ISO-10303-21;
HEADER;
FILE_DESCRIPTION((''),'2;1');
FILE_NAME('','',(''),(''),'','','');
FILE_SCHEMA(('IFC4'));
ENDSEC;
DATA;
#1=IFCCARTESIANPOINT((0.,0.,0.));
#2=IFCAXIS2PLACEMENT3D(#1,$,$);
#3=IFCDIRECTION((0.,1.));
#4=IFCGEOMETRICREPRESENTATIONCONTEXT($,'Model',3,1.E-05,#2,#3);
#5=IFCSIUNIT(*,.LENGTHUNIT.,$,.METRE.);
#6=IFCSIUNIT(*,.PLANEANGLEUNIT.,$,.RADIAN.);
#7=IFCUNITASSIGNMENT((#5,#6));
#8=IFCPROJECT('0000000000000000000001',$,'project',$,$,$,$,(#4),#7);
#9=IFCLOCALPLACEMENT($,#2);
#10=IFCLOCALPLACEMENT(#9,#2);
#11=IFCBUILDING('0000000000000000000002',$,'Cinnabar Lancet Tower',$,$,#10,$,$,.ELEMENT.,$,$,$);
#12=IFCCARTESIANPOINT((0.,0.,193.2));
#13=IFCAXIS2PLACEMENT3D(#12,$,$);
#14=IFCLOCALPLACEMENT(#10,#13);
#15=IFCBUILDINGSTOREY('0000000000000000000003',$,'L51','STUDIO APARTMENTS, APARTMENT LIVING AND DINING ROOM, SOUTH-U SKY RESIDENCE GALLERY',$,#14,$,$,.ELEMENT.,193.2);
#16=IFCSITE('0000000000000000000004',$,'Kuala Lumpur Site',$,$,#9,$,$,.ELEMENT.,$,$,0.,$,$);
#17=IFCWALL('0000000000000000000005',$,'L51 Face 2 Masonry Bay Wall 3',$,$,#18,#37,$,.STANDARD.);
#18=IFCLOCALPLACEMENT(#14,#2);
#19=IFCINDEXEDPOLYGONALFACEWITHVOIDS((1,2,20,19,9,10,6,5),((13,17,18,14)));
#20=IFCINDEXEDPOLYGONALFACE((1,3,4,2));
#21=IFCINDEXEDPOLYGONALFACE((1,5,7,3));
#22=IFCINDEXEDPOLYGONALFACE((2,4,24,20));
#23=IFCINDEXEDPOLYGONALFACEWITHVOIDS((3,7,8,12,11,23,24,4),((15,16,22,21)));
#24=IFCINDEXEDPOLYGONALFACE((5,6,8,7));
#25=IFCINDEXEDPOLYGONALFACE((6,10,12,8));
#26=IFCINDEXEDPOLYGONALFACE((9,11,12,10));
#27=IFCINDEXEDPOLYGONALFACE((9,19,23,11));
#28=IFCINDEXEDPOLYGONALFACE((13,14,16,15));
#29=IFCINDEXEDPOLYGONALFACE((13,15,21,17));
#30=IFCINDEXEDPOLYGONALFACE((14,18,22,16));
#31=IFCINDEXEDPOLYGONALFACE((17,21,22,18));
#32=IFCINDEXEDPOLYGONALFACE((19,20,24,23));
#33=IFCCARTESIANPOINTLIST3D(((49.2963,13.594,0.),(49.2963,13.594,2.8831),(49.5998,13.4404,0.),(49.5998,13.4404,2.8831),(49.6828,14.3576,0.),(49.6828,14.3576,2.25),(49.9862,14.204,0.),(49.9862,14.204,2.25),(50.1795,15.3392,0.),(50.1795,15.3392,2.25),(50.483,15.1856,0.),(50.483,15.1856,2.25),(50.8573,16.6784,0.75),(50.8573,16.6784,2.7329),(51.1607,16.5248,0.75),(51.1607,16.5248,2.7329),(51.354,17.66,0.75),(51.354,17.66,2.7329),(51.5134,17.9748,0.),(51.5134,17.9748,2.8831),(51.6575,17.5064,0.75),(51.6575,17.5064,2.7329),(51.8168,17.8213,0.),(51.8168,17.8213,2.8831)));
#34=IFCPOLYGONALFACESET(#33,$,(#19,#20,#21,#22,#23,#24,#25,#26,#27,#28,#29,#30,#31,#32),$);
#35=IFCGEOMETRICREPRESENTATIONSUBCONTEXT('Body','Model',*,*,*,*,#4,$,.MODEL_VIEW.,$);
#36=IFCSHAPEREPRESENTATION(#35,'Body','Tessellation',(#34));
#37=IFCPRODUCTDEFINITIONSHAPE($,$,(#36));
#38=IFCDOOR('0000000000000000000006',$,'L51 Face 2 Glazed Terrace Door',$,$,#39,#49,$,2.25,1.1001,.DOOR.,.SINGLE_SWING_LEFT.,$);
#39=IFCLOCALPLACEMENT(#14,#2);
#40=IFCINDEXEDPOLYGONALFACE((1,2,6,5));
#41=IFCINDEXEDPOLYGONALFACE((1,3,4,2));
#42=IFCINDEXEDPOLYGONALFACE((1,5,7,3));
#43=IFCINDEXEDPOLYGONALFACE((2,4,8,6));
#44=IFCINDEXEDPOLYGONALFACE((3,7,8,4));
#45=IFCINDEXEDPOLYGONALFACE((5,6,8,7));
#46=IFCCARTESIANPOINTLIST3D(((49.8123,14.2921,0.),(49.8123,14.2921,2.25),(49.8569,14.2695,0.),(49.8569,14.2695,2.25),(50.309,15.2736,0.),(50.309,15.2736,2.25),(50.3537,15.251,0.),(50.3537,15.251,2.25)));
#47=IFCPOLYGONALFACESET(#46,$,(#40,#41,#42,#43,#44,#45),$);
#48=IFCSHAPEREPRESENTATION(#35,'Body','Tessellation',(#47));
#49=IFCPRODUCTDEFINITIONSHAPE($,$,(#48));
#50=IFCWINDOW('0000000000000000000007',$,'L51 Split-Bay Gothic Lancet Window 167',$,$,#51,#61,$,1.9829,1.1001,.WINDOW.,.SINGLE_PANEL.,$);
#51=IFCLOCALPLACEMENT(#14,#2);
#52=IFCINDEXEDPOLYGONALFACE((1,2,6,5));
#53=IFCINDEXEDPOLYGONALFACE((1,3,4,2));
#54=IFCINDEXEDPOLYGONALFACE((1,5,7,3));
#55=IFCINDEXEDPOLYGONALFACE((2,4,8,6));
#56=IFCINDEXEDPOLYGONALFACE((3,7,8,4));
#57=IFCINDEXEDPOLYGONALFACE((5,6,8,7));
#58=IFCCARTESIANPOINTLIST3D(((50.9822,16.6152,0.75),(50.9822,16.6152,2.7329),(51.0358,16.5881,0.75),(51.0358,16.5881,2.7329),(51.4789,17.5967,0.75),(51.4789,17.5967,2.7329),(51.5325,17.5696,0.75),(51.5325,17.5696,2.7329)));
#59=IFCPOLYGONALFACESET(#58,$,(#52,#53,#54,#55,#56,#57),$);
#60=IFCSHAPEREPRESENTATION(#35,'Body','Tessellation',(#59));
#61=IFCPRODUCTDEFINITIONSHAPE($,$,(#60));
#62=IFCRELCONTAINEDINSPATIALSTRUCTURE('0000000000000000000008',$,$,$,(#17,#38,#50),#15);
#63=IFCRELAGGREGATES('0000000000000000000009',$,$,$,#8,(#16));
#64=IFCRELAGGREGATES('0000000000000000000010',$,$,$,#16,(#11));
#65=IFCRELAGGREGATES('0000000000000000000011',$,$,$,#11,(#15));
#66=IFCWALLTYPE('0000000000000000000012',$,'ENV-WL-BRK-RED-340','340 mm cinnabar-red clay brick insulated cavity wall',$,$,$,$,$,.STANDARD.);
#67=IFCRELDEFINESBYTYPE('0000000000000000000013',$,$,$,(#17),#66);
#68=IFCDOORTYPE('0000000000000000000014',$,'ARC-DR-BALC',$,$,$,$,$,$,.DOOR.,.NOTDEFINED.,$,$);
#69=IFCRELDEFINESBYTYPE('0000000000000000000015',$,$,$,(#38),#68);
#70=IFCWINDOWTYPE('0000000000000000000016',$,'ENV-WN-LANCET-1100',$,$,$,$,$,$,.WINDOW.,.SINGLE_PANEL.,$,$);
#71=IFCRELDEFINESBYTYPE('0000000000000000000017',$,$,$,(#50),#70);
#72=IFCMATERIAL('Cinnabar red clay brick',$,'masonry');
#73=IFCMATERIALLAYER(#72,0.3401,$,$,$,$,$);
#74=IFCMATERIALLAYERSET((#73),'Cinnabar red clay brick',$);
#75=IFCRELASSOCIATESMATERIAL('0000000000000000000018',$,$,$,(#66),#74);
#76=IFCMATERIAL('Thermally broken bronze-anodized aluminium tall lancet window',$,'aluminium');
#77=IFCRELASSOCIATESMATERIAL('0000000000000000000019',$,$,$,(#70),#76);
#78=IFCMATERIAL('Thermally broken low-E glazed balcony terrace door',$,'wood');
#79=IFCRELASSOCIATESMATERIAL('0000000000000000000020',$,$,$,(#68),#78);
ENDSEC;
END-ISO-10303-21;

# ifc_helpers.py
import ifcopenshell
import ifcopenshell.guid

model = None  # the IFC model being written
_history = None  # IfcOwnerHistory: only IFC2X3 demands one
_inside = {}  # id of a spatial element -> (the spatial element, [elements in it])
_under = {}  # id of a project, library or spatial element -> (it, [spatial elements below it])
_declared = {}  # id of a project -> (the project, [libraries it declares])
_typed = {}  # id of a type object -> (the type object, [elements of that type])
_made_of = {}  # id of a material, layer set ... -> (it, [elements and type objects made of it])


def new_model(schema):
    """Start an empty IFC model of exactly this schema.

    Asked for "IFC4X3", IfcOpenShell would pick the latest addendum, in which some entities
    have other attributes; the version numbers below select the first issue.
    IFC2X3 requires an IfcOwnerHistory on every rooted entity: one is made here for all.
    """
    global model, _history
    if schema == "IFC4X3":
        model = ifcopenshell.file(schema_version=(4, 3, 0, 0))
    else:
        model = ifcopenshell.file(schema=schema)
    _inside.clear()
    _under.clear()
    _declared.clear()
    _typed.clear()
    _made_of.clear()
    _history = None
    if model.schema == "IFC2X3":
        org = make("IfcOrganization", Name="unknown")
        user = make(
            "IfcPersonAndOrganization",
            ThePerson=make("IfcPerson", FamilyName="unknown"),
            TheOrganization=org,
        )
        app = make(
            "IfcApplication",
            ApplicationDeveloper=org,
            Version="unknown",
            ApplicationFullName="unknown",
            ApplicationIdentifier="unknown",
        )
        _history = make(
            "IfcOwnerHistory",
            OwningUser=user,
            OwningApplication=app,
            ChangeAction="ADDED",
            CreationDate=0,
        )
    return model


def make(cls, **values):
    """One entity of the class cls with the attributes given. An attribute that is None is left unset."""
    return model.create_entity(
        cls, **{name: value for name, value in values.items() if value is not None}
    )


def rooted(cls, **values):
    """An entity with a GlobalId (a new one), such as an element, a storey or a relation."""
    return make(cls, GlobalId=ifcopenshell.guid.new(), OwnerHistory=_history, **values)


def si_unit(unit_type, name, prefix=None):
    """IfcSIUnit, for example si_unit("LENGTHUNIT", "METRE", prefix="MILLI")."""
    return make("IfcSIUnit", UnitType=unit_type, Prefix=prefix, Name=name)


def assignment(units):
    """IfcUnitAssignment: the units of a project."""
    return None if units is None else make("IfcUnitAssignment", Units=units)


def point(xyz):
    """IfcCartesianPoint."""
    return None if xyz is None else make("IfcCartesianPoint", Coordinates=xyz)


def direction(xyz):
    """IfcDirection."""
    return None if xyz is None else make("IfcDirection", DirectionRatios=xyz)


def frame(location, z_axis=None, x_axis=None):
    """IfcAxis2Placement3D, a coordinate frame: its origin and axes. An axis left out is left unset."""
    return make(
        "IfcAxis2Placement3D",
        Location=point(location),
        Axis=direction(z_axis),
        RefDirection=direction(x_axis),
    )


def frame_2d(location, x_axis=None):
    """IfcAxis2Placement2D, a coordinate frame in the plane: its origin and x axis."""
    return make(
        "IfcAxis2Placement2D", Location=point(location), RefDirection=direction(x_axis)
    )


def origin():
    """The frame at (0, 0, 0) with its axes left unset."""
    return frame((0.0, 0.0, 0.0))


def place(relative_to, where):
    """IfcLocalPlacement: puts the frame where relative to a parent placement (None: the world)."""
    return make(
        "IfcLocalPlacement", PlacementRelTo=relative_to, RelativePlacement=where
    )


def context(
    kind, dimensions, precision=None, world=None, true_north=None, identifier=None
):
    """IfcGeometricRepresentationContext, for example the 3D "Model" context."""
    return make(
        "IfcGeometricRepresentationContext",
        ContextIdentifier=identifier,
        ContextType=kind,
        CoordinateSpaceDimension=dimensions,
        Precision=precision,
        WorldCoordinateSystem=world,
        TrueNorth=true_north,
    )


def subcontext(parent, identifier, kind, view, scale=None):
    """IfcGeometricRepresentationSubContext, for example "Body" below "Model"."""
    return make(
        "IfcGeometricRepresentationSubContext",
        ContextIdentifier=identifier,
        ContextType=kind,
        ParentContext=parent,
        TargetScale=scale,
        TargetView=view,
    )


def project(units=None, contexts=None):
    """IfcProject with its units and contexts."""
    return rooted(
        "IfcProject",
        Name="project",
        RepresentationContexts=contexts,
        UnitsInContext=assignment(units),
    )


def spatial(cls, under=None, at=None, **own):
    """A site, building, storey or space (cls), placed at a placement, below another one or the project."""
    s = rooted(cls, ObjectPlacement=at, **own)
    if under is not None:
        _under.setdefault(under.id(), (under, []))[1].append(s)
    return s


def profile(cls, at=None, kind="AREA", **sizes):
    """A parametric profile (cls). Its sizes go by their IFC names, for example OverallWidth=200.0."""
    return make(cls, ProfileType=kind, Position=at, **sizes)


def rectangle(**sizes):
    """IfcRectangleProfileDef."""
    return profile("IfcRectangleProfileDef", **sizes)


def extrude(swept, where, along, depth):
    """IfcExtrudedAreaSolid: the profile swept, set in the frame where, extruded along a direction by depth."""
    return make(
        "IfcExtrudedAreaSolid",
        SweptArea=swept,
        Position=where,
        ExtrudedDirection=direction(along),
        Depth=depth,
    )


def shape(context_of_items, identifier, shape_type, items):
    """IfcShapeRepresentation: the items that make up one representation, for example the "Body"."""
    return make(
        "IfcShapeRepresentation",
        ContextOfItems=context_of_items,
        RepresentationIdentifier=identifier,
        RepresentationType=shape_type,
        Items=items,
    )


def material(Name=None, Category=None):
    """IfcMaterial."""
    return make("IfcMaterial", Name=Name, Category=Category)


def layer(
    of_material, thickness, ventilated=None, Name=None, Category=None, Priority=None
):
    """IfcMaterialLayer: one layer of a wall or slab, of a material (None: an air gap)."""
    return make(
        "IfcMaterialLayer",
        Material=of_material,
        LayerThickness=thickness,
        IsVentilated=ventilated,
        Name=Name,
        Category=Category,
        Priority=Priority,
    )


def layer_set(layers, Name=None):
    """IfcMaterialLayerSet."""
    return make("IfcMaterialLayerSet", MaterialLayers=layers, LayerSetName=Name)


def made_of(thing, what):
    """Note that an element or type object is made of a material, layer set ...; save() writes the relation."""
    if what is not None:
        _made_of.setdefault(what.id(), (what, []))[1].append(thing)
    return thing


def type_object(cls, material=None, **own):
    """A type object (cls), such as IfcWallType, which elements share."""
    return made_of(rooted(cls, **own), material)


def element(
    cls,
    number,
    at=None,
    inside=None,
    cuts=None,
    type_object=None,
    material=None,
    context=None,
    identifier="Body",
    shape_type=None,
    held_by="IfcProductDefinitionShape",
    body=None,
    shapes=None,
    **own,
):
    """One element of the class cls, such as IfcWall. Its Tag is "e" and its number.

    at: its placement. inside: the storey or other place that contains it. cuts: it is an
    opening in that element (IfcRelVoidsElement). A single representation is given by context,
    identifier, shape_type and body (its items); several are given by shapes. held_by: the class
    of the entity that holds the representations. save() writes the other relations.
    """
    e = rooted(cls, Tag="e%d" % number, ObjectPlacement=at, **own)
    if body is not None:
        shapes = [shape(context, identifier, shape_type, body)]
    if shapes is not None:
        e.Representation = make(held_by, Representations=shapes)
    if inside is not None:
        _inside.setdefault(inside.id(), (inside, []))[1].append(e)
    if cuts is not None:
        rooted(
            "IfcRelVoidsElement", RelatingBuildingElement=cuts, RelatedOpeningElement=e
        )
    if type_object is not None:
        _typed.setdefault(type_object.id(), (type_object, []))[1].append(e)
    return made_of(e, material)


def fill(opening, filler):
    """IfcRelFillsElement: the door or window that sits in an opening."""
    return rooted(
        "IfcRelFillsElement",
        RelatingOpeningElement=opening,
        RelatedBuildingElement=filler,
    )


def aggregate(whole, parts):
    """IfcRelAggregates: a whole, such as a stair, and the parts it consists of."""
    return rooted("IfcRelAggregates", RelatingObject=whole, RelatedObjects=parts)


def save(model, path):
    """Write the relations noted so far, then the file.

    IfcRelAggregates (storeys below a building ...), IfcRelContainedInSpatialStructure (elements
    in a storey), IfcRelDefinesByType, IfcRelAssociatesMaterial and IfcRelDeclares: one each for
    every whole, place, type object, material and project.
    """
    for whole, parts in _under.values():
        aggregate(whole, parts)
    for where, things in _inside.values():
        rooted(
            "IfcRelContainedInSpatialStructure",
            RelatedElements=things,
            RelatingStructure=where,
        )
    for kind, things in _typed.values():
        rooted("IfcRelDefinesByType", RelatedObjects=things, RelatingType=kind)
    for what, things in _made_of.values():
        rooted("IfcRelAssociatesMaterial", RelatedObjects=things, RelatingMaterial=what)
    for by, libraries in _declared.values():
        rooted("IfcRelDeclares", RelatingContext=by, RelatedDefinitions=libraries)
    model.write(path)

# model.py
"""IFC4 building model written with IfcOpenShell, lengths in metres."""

from ifc_helpers import new_model, si_unit, direction, frame, frame_2d, origin, place, context, subcontext, project, spatial, rectangle, extrude, material, layer, layer_set, type_object, element, fill, save


model = new_model("IFC4")

# Units and contexts
model_context = context("Model", 3, precision=1e-05, world=origin(), true_north=direction((0.0, 1.0)))
body_context = subcontext(model_context, "Body", "Model", "MODEL_VIEW")
ifc_project = project(units=[si_unit("LENGTHUNIT", "METRE"), si_unit("PLANEANGLEUNIT", "RADIAN")], contexts=[model_context])

# Site, building, storey
site_placement = place(None, origin())
site = spatial("IfcSite", under=ifc_project, at=site_placement, Name="Kuala Lumpur Site", CompositionType="ELEMENT", RefElevation=0.0)
building_placement = place(site_placement, origin())
building = spatial("IfcBuilding", under=site, at=building_placement, Name="Cinnabar Lancet Tower", CompositionType="ELEMENT")
storey_placement = place(building_placement, frame((0.0, 0.0, 193.2)))
storey = spatial("IfcBuildingStorey", under=building, at=storey_placement, Name="L51", Description="STUDIO APARTMENTS, APARTMENT LIVING AND DINING ROOM, SOUTH-U SKY RESIDENCE GALLERY", CompositionType="ELEMENT", Elevation=193.2)

# Shared definitions
ifc_material_1 = material(Name="Cinnabar red clay brick", Category="masonry")
ifc_layer_1 = layer(ifc_material_1, 0.3401)
ifc_layer_set_1 = layer_set([ifc_layer_1], Name="Cinnabar red clay brick")
wall_type_1 = type_object("IfcWallType", Name="ENV-WL-BRK-RED-340", Description="340 mm cinnabar-red clay brick insulated cavity wall", PredefinedType="STANDARD", material=ifc_layer_set_1)

# Shared definitions
ifc_material_2 = material(Name="Thermally broken bronze-anodized aluminium tall lancet window", Category="aluminium")
window_type = type_object("IfcWindowType", Name="ENV-WN-LANCET-1100", PartitioningType="SINGLE_PANEL", PredefinedType="WINDOW", material=ifc_material_2)

# Wall, openings, door, window
wall_1_placement = place(storey_placement, frame((49.448, 13.5171, 0.0), z_axis=(0.0, 0.0, 1.0), x_axis=(0.451544, 0.892249, 0.0)))
wall_1 = element("IfcWall", 1, at=wall_1_placement, inside=storey, type_object=wall_type_1, Name="L51 Face 2 Masonry Bay Wall 3", PredefinedType="STANDARD", context=body_context, shape_type="SweptSolid", body=[
    extrude(rectangle(XDim=4.9099, YDim=0.3401, at=frame_2d((2.4551, 0.0))), origin(), (0.0, 0.0, 1.0), 2.8831),
])
opening_1_placement = place(wall_1_placement, frame((0.856, 0.0, 0.0)))
opening_1 = element("IfcOpeningElement", 2, at=opening_1_placement, cuts=wall_1, PredefinedType="OPENING", context=body_context, shape_type="SweptSolid", body=[
    extrude(rectangle(XDim=1.1001, YDim=2.25, at=frame_2d((0.55, 1.125))), frame((0.0, 0.1799, 0.0), z_axis=(0.0, -1.0, 0.0), x_axis=(1.0, 0.0, 0.0)), (0.0, 0.0, 1.0), 0.3601),
])
opening_2_placement = place(wall_1_placement, frame((3.457, 0.0, 0.75)))
opening_2 = element("IfcOpeningElement", 3, at=opening_2_placement, cuts=wall_1, PredefinedType="OPENING", context=body_context, shape_type="SweptSolid", body=[
    extrude(rectangle(XDim=1.1001, YDim=1.9829, at=frame_2d((0.55, 0.9915))), frame((0.0, 0.1799, 0.0), z_axis=(0.0, -1.0, 0.0), x_axis=(1.0, 0.0, 0.0)), (0.0, 0.0, 1.0), 0.3601),
])
ifc_material_3 = material(Name="Thermally broken low-E glazed balcony terrace door", Category="wood")
door_type = type_object("IfcDoorType", Name="ARC-DR-BALC", OperationType="NOTDEFINED", PredefinedType="DOOR", material=ifc_material_3)
door_placement = place(opening_1_placement, origin())
door = element("IfcDoor", 4, at=door_placement, inside=storey, type_object=door_type, Name="L51 Face 2 Glazed Terrace Door", OperationType="SINGLE_SWING_LEFT", OverallHeight=2.25, OverallWidth=1.1001, PredefinedType="DOOR", context=body_context, shape_type="SweptSolid", body=[
    extrude(rectangle(XDim=1.1001, YDim=2.25, at=frame_2d((0.55, 1.125))), frame((0.0, 0.0249, 0.0), z_axis=(0.0, -1.0, 0.0), x_axis=(1.0, 0.0, 0.0)), (0.0, 0.0, 1.0), 0.05),
])
fill(opening_1, door)
window_1_placement = place(opening_2_placement, origin())
window_1 = element("IfcWindow", 5, at=window_1_placement, inside=storey, type_object=window_type, Name="L51 Split-Bay Gothic Lancet Window 167", OverallHeight=1.9829, OverallWidth=1.1001, PartitioningType="SINGLE_PANEL", PredefinedType="WINDOW", context=body_context, shape_type="SweptSolid", body=[
    extrude(rectangle(XDim=1.1001, YDim=1.9829, at=frame_2d((0.55, 0.9915))), frame((0.0, 0.03, 0.0), z_axis=(0.0, -1.0, 0.0), x_axis=(1.0, 0.0, 0.0)), (0.0, 0.0, 1.0), 0.0601),
])
fill(opening_2, window_1)

save(model, "model.ifc")
